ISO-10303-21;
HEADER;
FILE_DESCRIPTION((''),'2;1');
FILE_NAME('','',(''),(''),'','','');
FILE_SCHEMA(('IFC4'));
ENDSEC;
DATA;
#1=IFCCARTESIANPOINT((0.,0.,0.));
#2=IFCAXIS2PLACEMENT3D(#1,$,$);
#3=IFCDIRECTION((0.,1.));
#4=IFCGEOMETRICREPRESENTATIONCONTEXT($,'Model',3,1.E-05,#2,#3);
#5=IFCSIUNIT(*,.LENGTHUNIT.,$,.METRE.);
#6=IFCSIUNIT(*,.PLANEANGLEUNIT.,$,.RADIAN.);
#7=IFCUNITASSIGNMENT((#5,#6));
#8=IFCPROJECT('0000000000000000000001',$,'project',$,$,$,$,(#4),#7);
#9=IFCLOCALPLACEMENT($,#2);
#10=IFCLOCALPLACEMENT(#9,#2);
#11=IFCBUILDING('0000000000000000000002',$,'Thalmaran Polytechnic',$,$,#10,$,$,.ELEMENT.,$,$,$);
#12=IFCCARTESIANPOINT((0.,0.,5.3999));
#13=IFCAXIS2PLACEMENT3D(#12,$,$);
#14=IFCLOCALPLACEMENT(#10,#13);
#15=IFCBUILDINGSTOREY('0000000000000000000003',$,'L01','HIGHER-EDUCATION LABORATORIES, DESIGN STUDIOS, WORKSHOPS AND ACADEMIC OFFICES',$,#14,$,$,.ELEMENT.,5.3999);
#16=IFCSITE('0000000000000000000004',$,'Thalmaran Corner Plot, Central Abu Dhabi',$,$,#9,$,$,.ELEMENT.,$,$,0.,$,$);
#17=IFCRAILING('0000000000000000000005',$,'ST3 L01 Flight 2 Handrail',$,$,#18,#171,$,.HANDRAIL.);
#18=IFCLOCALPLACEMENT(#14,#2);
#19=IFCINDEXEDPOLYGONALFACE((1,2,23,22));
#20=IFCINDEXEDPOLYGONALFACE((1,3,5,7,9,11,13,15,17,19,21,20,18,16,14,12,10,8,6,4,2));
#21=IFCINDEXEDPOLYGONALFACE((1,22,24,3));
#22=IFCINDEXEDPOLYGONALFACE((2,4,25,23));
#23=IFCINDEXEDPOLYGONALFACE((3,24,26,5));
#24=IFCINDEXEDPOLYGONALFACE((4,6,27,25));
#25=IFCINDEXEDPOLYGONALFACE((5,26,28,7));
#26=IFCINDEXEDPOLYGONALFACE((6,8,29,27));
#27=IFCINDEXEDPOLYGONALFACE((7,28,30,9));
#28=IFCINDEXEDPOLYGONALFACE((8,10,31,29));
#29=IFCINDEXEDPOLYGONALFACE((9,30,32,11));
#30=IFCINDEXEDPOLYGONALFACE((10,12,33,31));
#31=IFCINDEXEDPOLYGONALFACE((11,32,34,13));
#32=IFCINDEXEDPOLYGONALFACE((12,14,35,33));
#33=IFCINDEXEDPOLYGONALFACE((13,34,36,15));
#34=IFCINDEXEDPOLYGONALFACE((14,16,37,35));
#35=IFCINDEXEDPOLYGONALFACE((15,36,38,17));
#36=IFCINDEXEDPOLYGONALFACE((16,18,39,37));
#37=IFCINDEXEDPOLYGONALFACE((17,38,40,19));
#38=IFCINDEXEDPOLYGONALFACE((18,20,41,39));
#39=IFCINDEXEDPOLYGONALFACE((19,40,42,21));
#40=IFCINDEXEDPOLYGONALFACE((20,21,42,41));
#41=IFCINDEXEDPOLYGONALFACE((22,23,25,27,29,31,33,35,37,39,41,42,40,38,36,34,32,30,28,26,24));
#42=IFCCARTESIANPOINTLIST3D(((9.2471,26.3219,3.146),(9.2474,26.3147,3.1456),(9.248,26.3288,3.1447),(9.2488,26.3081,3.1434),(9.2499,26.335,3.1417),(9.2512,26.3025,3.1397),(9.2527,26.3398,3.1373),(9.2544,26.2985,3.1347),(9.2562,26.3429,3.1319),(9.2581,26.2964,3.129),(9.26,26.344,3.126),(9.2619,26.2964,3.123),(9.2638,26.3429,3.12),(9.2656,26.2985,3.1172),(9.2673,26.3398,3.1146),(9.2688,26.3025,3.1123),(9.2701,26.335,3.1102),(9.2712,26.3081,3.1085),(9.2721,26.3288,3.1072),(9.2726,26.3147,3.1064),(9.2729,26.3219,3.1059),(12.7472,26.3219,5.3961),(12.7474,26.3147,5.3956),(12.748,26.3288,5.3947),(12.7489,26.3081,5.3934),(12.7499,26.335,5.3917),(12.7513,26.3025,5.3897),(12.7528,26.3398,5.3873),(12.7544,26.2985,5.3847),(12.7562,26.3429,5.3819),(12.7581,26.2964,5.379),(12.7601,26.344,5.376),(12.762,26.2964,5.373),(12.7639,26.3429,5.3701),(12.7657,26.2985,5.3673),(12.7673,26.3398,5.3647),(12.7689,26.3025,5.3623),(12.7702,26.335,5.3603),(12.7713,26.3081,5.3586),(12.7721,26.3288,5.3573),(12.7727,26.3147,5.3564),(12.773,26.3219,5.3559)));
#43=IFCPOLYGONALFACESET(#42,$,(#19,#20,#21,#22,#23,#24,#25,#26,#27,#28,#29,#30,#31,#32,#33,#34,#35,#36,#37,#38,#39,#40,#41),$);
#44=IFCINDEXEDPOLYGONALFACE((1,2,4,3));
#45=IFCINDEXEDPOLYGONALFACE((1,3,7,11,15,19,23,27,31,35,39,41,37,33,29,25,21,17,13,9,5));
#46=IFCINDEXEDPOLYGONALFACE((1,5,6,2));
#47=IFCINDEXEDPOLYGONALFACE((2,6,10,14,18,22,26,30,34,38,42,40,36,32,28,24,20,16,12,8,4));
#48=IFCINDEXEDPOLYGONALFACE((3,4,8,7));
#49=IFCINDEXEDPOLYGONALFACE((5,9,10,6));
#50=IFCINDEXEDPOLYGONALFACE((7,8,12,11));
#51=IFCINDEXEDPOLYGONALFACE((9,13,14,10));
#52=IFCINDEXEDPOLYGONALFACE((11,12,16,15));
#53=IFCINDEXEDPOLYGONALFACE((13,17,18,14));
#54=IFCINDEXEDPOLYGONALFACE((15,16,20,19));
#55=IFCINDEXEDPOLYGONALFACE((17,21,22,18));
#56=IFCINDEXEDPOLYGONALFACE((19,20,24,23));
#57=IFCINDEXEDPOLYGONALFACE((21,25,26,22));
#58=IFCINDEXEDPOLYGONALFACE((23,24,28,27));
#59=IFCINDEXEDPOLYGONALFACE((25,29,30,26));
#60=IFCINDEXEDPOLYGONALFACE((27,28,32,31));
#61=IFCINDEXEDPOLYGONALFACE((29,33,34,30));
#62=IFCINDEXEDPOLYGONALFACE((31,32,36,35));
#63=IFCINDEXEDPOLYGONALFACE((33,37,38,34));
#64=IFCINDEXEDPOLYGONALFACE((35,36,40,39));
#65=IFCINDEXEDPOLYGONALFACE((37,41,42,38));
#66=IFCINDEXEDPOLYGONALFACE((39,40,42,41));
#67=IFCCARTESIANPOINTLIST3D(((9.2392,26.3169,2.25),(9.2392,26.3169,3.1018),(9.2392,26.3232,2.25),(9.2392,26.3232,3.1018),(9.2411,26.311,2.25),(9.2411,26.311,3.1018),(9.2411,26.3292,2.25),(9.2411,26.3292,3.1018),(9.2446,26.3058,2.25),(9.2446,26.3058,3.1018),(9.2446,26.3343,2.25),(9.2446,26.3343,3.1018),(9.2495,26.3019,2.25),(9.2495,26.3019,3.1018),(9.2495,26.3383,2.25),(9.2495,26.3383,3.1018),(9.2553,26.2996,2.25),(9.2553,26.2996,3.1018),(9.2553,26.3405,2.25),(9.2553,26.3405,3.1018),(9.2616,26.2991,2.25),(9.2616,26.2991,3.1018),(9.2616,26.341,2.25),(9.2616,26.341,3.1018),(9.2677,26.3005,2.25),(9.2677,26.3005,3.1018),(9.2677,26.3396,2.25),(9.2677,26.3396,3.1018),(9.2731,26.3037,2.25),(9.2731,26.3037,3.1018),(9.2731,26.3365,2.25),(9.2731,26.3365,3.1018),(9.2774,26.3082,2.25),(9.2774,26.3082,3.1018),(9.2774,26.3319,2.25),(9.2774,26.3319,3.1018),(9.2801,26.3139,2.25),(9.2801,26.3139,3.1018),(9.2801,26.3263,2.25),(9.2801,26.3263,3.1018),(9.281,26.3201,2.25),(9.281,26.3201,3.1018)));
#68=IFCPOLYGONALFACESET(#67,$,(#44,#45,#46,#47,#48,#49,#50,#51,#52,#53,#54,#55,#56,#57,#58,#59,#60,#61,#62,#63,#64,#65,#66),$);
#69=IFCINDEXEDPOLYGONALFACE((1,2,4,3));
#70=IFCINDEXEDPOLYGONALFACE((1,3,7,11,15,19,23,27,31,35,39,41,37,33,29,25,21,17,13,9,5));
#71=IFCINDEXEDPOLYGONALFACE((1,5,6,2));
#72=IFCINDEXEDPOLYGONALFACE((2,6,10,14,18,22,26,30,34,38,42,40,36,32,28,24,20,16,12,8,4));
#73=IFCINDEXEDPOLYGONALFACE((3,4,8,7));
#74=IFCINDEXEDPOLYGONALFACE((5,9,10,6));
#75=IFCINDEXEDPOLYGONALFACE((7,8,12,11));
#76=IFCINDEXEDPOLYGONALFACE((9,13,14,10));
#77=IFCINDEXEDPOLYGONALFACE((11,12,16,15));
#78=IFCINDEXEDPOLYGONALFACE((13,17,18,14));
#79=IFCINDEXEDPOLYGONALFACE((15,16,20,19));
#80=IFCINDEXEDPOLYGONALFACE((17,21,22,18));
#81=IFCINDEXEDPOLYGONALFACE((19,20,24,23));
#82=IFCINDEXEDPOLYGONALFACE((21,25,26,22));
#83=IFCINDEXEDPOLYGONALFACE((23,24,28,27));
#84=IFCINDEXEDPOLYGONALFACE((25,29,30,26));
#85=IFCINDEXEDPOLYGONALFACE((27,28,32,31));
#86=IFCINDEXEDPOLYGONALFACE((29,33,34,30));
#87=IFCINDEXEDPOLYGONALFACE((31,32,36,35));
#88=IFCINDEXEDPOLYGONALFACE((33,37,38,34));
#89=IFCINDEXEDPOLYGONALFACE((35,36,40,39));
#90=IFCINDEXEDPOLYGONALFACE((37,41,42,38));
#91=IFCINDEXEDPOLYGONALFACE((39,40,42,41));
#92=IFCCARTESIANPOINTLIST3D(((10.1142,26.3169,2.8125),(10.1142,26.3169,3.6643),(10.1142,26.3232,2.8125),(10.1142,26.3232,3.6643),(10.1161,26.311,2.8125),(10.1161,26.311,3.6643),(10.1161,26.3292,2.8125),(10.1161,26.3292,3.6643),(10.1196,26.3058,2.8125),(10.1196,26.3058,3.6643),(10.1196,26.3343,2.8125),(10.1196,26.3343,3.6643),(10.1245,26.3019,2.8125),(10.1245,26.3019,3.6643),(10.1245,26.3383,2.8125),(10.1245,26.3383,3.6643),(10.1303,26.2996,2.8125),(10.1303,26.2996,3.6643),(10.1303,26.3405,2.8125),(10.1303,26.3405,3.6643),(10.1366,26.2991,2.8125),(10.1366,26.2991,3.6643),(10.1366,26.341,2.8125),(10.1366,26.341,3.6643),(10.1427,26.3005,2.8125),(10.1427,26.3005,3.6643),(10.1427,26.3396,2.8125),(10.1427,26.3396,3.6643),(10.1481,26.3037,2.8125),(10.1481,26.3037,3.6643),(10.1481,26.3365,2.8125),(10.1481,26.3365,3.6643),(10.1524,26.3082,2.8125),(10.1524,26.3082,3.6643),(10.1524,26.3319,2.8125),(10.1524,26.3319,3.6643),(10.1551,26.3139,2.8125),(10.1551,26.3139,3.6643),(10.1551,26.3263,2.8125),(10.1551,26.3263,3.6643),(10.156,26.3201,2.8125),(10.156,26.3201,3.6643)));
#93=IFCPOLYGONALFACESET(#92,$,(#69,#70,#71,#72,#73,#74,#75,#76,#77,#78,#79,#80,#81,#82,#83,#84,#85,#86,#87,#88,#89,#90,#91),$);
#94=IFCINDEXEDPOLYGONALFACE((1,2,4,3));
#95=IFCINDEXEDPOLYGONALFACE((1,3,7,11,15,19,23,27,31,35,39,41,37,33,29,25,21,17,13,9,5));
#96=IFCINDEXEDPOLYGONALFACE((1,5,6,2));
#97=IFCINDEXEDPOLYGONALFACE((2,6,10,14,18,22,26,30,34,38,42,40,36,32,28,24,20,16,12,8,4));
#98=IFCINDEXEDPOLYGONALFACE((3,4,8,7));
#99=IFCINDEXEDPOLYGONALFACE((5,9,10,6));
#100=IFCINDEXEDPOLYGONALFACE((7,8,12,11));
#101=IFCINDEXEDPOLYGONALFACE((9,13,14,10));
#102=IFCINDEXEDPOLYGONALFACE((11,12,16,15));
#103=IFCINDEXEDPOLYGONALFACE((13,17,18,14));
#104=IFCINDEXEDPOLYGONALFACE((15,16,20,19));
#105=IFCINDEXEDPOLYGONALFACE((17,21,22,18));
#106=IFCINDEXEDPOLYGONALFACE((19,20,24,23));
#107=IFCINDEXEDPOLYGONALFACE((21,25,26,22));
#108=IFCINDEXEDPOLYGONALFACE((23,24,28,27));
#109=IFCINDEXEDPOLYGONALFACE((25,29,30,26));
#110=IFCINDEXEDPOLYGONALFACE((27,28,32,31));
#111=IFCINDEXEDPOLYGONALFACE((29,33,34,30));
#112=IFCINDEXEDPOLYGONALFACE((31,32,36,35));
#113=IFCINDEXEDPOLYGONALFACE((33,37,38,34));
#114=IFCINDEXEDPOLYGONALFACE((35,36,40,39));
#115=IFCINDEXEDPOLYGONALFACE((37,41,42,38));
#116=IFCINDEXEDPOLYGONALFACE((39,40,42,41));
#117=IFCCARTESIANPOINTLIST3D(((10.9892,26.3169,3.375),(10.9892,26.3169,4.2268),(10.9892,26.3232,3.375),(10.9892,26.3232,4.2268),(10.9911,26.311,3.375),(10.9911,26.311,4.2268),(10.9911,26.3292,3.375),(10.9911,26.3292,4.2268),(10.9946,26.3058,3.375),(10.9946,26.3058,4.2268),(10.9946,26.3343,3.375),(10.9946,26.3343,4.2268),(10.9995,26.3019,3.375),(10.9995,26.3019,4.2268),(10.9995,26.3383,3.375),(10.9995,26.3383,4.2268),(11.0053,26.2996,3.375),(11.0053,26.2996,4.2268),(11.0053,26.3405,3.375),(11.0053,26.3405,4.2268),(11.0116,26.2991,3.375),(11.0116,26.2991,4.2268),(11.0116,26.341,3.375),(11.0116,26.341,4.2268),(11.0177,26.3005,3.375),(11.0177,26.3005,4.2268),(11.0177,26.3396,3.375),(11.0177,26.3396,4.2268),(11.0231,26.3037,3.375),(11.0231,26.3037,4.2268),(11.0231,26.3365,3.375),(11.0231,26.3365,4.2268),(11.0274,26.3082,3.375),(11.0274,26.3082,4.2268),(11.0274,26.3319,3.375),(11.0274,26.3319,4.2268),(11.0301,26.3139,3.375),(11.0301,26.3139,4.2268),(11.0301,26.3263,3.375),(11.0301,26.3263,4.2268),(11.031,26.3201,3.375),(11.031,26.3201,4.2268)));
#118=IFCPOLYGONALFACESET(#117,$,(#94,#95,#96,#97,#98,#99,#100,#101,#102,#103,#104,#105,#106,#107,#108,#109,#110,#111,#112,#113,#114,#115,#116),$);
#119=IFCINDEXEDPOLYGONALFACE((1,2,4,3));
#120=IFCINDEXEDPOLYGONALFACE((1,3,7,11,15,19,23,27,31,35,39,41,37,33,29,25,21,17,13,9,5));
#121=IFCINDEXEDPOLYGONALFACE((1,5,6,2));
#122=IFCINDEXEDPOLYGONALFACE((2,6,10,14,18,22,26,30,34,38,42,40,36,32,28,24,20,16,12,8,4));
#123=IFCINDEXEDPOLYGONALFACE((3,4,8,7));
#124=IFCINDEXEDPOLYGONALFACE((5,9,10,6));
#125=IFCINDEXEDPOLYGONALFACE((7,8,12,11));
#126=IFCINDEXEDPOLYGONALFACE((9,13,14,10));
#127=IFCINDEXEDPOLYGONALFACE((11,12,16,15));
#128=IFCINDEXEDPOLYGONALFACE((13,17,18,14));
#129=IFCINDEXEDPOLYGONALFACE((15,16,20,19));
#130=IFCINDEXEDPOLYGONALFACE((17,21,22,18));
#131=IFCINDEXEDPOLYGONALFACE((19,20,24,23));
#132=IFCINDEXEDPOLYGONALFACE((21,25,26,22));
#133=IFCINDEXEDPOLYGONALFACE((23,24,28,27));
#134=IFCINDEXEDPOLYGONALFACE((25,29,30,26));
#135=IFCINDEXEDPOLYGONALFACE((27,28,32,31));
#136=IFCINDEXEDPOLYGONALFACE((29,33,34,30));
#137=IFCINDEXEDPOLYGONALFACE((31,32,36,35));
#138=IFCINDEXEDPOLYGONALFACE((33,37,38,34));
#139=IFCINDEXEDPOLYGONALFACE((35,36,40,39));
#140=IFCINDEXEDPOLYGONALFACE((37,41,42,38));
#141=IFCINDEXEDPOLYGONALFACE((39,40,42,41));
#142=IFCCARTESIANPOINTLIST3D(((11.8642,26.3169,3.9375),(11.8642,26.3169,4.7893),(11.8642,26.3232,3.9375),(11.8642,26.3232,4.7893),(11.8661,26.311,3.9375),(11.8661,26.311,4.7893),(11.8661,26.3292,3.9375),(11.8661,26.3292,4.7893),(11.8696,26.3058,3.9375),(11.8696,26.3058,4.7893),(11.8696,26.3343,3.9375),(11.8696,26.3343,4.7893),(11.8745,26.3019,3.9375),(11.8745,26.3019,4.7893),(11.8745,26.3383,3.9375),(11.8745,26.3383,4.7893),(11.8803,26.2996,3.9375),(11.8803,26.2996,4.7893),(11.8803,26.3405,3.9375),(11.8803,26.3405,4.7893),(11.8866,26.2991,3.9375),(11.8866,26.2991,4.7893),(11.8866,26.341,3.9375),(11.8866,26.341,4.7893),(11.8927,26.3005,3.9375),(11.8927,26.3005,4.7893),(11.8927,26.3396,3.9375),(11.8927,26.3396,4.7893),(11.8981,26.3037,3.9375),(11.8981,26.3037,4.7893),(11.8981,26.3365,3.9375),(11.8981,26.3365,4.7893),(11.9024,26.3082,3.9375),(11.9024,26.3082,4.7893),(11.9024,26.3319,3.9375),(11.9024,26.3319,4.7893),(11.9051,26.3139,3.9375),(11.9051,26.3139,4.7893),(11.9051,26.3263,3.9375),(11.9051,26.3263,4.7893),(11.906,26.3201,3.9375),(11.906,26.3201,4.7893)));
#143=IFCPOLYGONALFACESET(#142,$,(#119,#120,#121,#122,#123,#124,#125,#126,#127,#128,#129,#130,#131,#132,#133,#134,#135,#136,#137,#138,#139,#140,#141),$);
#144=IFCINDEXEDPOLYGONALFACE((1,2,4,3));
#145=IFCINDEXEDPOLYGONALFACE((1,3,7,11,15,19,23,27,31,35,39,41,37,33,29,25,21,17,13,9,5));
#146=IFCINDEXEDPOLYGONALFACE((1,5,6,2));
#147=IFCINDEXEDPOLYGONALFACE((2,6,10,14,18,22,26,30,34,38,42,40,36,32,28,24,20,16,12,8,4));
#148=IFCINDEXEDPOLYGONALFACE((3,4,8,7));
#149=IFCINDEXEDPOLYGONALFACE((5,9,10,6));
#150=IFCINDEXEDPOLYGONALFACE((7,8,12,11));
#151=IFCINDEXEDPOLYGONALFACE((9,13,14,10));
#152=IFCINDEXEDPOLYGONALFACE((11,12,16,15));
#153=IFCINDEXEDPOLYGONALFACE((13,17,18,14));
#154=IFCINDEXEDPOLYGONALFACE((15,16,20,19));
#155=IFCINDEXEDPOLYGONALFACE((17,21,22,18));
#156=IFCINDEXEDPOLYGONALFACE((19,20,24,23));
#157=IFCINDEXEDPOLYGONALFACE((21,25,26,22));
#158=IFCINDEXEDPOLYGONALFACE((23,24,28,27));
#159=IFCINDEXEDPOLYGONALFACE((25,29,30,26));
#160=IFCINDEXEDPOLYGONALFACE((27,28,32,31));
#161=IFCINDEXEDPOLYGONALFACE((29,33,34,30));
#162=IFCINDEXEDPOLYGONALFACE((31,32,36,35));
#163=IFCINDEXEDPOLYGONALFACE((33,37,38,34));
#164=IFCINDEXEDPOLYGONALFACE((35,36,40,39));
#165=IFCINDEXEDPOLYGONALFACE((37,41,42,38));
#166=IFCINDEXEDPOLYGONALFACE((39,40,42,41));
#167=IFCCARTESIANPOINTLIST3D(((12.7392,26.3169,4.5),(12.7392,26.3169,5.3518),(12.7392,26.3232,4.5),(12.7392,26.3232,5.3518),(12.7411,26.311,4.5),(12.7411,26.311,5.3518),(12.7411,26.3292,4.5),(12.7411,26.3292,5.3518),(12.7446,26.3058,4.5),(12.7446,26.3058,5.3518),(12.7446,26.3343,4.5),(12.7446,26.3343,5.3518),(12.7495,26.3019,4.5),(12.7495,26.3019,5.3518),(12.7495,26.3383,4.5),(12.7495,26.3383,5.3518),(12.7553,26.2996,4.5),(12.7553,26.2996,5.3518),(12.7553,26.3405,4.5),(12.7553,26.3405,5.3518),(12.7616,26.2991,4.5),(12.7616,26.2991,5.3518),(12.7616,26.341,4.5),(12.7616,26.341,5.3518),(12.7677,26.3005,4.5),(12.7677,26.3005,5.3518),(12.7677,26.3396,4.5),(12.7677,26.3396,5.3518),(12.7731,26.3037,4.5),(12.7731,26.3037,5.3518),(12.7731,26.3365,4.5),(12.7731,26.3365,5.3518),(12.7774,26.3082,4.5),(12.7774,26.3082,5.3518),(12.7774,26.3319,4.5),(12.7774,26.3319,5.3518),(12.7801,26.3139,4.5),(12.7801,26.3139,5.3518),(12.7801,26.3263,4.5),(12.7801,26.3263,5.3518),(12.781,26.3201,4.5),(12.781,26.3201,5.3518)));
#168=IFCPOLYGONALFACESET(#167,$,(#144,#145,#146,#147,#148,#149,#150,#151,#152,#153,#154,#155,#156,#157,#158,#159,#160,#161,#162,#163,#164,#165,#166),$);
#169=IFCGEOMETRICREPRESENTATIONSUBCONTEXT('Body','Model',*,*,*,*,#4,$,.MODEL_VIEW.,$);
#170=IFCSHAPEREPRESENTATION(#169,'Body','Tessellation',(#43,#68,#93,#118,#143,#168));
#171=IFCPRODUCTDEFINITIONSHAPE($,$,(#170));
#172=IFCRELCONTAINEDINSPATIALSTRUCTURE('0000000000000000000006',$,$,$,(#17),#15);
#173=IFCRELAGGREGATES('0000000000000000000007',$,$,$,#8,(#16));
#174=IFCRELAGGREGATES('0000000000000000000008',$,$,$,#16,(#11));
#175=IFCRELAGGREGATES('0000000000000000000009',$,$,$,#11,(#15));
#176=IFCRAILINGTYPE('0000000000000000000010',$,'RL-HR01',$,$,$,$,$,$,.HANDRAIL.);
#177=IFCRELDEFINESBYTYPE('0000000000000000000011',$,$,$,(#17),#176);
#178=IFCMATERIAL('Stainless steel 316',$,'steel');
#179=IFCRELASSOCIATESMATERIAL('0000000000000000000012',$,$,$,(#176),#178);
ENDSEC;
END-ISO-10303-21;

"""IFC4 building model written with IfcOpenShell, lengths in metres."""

from ifc_helpers import new_model, si_unit, direction, frame, origin, origin_2d, place, context, subcontext, project, spatial, circle, extrude, material, type_object, element, save


model = new_model("IFC4")

# Units and contexts
model_context = context("Model", 3, precision=1e-05, world=origin(), true_north=direction((0.0, 1.0)))
body_context = subcontext(model_context, "Body", "Model", "MODEL_VIEW")
ifc_project = project(units=[si_unit("LENGTHUNIT", "METRE"), si_unit("PLANEANGLEUNIT", "RADIAN")], contexts=[model_context])

# Site, building, storey
site_placement = place(None, origin())
site = spatial("IfcSite", under=ifc_project, at=site_placement, Name="Thalmaran Corner Plot, Central Abu Dhabi", CompositionType="ELEMENT", RefElevation=0.0)
building_placement = place(site_placement, origin())
building = spatial("IfcBuilding", under=site, at=building_placement, Name="Thalmaran Polytechnic", CompositionType="ELEMENT")
storey_placement = place(building_placement, frame((0.0, 0.0, 5.3999)))
storey = spatial("IfcBuildingStorey", under=building, at=storey_placement, Name="L01", Description="HIGHER-EDUCATION LABORATORIES, DESIGN STUDIOS, WORKSHOPS AND ACADEMIC OFFICES", CompositionType="ELEMENT", Elevation=5.3999)

# Railing
ifc_material_1 = material(Name="Stainless steel 316", Category="steel")
railing_type_1 = type_object("IfcRailingType", Name="RL-HR01", PredefinedType="HANDRAIL", material=ifc_material_1)
railing_1_placement = place(storey_placement, frame((9.26, 26.3201, 2.25)))
element("IfcRailing", 1, at=railing_1_placement, inside=storey, type_object=railing_type_1, Name="ST3 L01 Flight 2 Handrail", PredefinedType="HANDRAIL", context=body_context, shape_type="SweptSolid", body=[
    extrude(circle(Radius=0.0239, at=origin_2d()), frame((0.0, 0.0, 0.876), z_axis=(0.841178, 0.0, 0.540758), x_axis=(0.0, 1.0, 0.0)), (0.0, 0.0, 1.0), 4.1609),
    extrude(circle(Radius=0.021, at=origin_2d()), origin(), (0.0, 0.0, 1.0), 0.8518),
    extrude(circle(Radius=0.021, at=origin_2d()), frame((0.875, 0.0, 0.5625)), (0.0, 0.0, 1.0), 0.8518),
    extrude(circle(Radius=0.021, at=origin_2d()), frame((1.75, 0.0, 1.125)), (0.0, 0.0, 1.0), 0.8518),
    extrude(circle(Radius=0.021, at=origin_2d()), frame((2.625, 0.0, 1.6875)), (0.0, 0.0, 1.0), 0.8518),
    extrude(circle(Radius=0.021, at=origin_2d()), frame((3.5, 0.0, 2.25)), (0.0, 0.0, 1.0), 0.8518),
])

save(model, "model.ifc")
